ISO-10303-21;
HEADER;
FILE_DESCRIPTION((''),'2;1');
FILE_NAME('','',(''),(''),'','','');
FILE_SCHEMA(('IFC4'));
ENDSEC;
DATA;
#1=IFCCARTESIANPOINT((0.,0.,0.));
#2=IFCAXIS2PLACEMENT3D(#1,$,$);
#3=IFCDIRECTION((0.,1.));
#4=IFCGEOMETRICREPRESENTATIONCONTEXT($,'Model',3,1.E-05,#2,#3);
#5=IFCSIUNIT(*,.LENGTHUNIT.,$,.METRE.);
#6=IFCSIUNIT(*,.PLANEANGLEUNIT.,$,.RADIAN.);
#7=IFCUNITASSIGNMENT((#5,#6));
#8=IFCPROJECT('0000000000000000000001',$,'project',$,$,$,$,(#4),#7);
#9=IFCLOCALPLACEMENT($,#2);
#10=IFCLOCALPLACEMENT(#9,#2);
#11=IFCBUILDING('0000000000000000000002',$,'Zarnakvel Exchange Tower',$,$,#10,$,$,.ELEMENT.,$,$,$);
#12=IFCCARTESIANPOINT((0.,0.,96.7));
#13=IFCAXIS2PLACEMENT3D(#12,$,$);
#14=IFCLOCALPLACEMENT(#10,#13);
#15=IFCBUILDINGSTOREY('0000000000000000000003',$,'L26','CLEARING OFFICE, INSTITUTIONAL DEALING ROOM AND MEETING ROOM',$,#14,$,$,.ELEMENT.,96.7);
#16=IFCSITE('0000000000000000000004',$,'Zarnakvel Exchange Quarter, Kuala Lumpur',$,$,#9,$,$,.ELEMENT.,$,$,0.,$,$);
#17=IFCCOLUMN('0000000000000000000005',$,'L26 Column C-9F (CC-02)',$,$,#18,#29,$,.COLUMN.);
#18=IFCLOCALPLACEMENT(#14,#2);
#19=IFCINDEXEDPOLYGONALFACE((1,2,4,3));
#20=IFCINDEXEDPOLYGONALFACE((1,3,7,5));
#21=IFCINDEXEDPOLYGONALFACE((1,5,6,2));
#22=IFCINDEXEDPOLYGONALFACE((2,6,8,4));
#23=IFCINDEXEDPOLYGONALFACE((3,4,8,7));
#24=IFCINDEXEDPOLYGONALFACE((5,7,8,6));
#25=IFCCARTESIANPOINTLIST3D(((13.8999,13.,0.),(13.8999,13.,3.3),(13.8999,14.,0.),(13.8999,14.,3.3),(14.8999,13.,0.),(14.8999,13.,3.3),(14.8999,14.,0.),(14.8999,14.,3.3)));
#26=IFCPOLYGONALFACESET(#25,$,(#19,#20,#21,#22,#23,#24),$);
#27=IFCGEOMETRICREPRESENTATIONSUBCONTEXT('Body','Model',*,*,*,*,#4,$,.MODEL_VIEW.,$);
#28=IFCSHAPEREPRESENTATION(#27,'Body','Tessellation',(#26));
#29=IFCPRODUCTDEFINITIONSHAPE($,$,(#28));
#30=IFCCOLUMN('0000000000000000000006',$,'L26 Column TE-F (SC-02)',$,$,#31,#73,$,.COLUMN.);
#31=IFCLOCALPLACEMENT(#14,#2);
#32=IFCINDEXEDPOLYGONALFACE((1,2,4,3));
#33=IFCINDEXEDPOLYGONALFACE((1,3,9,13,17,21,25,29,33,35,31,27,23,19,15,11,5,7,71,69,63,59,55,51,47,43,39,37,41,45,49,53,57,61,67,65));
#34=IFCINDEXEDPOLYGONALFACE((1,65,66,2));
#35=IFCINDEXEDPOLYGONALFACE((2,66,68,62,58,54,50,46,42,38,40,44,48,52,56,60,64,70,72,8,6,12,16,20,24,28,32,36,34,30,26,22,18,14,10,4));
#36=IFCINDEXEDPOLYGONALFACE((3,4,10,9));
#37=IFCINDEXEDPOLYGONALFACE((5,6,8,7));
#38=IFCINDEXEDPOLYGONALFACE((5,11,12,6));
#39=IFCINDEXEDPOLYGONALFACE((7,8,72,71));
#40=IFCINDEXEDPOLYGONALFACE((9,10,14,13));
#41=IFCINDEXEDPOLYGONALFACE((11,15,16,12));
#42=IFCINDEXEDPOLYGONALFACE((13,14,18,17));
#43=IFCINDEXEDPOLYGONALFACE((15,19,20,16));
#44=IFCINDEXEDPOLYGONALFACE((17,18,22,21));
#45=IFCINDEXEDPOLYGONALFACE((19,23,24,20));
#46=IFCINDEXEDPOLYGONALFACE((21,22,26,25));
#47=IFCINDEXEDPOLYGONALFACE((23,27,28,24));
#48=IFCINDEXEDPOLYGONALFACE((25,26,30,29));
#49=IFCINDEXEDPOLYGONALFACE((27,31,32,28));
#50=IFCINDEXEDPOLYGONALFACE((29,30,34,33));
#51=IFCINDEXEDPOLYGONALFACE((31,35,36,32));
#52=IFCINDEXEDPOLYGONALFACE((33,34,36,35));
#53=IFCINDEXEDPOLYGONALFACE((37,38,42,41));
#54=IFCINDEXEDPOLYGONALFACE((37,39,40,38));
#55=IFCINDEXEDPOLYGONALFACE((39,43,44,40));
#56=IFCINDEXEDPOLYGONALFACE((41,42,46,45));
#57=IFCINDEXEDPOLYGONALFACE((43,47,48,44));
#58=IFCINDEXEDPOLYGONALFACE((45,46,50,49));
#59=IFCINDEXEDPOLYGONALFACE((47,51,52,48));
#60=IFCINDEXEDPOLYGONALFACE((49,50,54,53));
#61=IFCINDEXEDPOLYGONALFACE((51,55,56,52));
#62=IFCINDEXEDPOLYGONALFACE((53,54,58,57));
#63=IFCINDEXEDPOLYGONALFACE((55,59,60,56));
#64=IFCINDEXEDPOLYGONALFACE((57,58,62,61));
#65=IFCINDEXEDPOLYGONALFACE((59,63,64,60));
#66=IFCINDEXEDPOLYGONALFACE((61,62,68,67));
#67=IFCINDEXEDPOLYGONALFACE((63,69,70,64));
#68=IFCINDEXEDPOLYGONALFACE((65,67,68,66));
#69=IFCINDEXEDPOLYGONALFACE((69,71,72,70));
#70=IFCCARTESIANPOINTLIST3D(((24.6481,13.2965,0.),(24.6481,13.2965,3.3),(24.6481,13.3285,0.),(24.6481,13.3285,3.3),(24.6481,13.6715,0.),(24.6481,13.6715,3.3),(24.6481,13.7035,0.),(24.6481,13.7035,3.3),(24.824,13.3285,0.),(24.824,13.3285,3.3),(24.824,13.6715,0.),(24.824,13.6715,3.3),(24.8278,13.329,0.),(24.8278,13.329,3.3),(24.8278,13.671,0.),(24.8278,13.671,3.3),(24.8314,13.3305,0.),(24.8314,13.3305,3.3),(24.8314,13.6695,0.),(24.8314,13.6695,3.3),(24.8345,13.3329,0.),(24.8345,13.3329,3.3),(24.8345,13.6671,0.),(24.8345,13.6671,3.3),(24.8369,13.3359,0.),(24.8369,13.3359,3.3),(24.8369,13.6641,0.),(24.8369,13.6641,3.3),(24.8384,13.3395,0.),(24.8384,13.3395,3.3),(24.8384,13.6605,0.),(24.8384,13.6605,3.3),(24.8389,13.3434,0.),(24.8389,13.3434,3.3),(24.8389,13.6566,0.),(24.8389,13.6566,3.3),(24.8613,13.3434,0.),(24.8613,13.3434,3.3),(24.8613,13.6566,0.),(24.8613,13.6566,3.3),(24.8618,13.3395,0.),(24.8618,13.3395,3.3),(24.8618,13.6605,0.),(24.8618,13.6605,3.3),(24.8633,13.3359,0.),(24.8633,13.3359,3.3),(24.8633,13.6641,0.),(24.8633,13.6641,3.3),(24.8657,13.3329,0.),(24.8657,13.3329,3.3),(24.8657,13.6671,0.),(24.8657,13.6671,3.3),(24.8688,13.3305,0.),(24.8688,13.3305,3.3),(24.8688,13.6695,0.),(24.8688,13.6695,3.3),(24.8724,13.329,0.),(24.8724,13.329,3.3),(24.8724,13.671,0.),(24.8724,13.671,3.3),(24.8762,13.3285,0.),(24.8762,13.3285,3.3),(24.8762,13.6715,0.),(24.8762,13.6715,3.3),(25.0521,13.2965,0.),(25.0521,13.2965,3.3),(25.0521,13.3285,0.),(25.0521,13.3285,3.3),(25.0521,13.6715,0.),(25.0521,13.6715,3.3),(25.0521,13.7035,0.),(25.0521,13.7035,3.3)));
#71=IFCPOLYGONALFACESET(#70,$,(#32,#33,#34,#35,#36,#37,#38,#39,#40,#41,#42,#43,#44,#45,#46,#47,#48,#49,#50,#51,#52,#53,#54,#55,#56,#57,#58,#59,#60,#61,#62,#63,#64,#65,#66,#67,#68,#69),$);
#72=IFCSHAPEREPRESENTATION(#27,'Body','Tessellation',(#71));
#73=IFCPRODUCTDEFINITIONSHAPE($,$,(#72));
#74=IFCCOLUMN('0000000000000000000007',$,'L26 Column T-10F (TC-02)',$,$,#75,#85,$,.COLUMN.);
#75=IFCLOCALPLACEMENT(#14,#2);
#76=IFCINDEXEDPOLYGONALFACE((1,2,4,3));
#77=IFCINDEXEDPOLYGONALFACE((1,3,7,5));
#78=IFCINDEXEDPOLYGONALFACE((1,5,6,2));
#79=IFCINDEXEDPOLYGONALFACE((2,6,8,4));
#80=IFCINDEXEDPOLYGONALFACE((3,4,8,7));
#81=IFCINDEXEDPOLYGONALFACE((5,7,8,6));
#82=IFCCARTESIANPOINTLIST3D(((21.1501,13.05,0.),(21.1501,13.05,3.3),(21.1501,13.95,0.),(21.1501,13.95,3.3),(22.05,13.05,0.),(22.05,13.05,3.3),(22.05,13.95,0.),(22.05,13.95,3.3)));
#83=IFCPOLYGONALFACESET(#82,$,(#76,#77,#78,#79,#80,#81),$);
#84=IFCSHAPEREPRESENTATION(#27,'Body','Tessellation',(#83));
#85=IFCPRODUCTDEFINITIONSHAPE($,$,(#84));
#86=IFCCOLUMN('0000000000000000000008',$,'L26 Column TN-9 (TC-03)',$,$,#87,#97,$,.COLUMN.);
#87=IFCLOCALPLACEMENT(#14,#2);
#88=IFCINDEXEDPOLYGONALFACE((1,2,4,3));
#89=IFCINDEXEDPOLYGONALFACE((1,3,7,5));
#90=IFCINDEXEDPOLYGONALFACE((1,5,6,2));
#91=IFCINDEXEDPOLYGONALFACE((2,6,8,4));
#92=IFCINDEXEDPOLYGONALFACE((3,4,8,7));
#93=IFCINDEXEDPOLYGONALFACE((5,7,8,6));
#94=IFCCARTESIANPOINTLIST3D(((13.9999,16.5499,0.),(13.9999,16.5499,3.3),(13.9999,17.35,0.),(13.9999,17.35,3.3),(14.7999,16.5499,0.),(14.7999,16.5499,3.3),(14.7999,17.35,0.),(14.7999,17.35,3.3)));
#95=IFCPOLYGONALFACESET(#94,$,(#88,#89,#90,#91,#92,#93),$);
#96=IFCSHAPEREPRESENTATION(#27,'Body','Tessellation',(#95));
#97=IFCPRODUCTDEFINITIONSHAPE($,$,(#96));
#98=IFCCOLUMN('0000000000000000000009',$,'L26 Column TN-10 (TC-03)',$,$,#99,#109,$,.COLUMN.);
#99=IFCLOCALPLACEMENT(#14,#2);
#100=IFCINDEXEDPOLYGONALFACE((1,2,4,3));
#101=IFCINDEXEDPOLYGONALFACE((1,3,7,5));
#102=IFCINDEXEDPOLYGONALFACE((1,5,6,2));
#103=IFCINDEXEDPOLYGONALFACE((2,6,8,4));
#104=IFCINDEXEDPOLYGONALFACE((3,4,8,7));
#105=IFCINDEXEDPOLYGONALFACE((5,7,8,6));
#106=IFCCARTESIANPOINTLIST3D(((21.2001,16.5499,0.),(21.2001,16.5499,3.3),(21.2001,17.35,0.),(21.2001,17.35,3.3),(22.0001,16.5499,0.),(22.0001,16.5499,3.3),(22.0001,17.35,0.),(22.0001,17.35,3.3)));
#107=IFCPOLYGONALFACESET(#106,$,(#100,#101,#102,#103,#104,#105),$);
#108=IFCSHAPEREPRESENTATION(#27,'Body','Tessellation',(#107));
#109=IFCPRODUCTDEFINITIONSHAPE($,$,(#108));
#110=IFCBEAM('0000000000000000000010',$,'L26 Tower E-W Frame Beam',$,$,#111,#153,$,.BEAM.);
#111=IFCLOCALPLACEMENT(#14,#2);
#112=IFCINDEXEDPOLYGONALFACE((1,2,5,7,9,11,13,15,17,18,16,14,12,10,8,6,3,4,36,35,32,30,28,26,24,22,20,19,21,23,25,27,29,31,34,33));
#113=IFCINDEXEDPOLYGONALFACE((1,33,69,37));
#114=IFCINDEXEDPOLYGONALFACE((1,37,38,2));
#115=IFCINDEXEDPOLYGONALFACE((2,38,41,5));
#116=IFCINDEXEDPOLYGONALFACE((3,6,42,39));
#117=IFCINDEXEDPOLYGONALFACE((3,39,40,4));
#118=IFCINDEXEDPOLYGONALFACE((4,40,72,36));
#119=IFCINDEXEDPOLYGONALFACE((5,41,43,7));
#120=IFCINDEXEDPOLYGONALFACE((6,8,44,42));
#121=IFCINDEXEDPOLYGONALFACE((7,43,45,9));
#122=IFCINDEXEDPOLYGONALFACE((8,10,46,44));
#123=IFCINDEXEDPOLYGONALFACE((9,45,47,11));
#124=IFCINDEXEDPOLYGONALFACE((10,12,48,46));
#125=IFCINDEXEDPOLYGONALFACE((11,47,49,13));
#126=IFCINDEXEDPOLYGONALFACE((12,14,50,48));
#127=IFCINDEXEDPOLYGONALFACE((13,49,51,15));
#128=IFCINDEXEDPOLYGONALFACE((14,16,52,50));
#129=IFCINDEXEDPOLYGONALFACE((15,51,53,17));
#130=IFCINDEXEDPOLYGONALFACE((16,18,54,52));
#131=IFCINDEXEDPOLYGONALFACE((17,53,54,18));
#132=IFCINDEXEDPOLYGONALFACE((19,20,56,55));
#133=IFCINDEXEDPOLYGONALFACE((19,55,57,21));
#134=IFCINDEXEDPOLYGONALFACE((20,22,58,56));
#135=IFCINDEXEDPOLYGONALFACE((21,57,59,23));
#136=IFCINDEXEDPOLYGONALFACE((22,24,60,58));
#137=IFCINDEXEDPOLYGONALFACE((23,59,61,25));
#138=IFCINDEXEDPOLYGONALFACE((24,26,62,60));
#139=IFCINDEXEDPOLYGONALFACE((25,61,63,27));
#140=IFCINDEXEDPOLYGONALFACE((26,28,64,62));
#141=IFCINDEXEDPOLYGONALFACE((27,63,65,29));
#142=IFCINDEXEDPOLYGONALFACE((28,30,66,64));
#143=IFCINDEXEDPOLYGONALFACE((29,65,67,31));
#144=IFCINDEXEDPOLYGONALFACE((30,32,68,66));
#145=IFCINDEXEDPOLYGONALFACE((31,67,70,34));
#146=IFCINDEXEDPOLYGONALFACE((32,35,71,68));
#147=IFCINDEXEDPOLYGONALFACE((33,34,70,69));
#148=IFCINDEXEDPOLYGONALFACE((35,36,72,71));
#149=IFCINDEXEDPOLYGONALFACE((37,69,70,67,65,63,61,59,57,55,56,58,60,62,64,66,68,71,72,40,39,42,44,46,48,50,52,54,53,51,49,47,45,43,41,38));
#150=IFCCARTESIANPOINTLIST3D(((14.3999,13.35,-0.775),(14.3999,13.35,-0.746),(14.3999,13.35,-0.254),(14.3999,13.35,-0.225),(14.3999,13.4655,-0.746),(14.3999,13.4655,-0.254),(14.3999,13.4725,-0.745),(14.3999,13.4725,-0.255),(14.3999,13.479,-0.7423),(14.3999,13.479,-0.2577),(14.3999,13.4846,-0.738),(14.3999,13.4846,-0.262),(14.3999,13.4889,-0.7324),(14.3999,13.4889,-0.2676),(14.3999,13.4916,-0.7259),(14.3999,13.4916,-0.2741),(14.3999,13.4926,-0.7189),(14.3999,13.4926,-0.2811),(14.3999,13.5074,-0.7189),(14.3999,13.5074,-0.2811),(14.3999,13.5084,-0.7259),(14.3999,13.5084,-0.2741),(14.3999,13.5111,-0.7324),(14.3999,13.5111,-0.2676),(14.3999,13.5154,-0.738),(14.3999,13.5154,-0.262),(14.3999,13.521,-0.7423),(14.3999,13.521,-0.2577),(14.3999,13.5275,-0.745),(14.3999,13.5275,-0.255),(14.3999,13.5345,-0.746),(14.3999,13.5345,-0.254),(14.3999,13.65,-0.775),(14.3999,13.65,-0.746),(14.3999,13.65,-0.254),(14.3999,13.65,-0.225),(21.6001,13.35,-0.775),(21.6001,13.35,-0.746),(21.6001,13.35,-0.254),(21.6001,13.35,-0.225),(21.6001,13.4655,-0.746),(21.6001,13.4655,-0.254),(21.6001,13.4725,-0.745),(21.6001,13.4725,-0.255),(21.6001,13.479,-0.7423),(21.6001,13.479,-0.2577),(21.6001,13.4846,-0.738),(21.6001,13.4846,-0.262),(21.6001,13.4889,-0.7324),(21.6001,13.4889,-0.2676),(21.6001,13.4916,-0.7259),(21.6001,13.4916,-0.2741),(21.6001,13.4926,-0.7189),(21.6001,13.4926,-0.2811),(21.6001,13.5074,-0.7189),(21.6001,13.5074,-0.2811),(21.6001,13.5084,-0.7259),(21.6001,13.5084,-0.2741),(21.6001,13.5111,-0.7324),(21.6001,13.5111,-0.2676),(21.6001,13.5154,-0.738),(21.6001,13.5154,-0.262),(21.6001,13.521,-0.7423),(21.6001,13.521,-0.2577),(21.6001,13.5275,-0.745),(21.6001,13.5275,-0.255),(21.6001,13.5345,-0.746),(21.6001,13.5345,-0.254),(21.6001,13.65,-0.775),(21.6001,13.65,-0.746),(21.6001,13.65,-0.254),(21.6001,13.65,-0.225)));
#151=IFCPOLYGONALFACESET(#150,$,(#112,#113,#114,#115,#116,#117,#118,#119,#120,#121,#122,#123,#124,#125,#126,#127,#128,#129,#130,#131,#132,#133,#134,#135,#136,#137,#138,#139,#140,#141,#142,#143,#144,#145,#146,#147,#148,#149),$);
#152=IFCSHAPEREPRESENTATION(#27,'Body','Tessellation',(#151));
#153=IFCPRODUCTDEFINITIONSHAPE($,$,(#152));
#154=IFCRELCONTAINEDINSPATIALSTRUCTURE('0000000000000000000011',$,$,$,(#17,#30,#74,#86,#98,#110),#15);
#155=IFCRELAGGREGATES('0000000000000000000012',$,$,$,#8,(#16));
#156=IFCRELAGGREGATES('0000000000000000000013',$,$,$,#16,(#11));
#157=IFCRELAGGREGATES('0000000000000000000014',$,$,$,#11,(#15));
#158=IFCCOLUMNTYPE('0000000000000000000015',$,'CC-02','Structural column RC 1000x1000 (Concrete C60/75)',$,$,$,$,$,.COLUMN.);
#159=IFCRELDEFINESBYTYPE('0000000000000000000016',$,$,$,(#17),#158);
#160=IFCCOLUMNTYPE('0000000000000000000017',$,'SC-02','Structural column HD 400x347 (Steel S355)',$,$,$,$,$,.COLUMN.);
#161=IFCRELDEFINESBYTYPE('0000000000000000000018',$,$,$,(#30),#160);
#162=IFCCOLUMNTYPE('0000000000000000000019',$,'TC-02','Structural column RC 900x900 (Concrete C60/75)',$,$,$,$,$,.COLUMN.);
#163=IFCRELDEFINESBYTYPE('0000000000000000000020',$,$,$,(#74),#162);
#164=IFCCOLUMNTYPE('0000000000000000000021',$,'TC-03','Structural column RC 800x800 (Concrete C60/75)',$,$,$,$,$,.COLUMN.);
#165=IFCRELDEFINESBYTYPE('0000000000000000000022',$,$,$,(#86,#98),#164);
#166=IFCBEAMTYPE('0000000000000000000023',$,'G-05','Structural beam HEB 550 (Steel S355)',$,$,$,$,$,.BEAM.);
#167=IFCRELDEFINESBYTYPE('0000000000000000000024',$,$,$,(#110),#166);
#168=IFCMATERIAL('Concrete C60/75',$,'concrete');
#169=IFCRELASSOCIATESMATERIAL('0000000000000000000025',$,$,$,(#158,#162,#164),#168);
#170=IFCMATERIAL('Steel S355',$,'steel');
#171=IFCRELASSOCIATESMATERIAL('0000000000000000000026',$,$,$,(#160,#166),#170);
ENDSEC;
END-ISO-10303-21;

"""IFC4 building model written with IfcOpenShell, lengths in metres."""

from ifc_helpers import new_model, si_unit, direction, frame, origin, origin_2d, place, context, subcontext, project, spatial, rectangle, i_section, extrude, material, material_profile, profile_set, type_object, element, save


model = new_model("IFC4")

# Units and contexts
model_context = context("Model", 3, precision=1e-05, world=origin(), true_north=direction((0.0, 1.0)))
body_context = subcontext(model_context, "Body", "Model", "MODEL_VIEW")
ifc_project = project(units=[si_unit("LENGTHUNIT", "METRE"), si_unit("PLANEANGLEUNIT", "RADIAN")], contexts=[model_context])

# Site, building, storey
site_placement = place(None, origin())
site = spatial("IfcSite", under=ifc_project, at=site_placement, Name="Zarnakvel Exchange Quarter, Kuala Lumpur", CompositionType="ELEMENT", RefElevation=0.0)
building_placement = place(site_placement, origin())
building = spatial("IfcBuilding", under=site, at=building_placement, Name="Zarnakvel Exchange Tower", CompositionType="ELEMENT")
storey_placement = place(building_placement, frame((0.0, 0.0, 96.7)))
storey = spatial("IfcBuildingStorey", under=building, at=storey_placement, Name="L26", Description="CLEARING OFFICE, INSTITUTIONAL DEALING ROOM AND MEETING ROOM", CompositionType="ELEMENT", Elevation=96.7)

# Columns
ifc_material_1 = material(Name="Concrete C60/75", Category="concrete")
ifc_material_profile_1 = material_profile(ifc_material_1, rectangle(XDim=1.0, YDim=1.0, at=origin_2d()))
ifc_profile_set_1 = profile_set([ifc_material_profile_1], Name="Concrete C60/75")
column_type_1 = type_object("IfcColumnType", Name="CC-02", Description="Structural column RC 1000x1000 (Concrete C60/75)", PredefinedType="COLUMN", material=ifc_profile_set_1)
column_1_placement = place(storey_placement, frame((14.3999, 13.5, 0.0), z_axis=(0.0, 0.0, 1.0), x_axis=(1.0, 0.0, 0.0)))
element("IfcColumn", 1, at=column_1_placement, inside=storey, type_object=column_type_1, Name="L26 Column C-9F (CC-02)", PredefinedType="COLUMN", context=body_context, shape_type="SweptSolid", body=[
    extrude(rectangle(XDim=1.0, YDim=1.0, at=origin_2d()), origin(), (0.0, 0.0, 1.0), 3.3),
])
ifc_material_2 = material(Name="Steel S355", Category="steel")
ifc_material_profile_2 = material_profile(ifc_material_2, i_section(OverallWidth=0.4041, OverallDepth=0.407, WebThickness=0.0225, FlangeThickness=0.032, FilletRadius=0.0149, at=origin_2d()))
ifc_profile_set_2 = profile_set([ifc_material_profile_2], Name="Steel S355")
column_type_2 = type_object("IfcColumnType", Name="SC-02", Description="Structural column HD 400x347 (Steel S355)", PredefinedType="COLUMN", material=ifc_profile_set_2)
column_2_placement = place(storey_placement, frame((24.8501, 13.5, 0.0), z_axis=(0.0, 0.0, 1.0), x_axis=(1.0, 0.0, 0.0)))
element("IfcColumn", 2, at=column_2_placement, inside=storey, type_object=column_type_2, Name="L26 Column TE-F (SC-02)", PredefinedType="COLUMN", context=body_context, shape_type="SweptSolid", body=[
    extrude(i_section(OverallWidth=0.4041, OverallDepth=0.407, WebThickness=0.0225, FlangeThickness=0.032, FilletRadius=0.0149, at=origin_2d()), origin(), (0.0, 0.0, 1.0), 3.3),
])
ifc_material_profile_3 = material_profile(ifc_material_1, rectangle(XDim=0.8999, YDim=0.8999, at=origin_2d()))
ifc_profile_set_3 = profile_set([ifc_material_profile_3], Name="Concrete C60/75")
column_type_3 = type_object("IfcColumnType", Name="TC-02", Description="Structural column RC 900x900 (Concrete C60/75)", PredefinedType="COLUMN", material=ifc_profile_set_3)
column_3_placement = place(storey_placement, frame((21.6001, 13.5, 0.0), z_axis=(0.0, 0.0, 1.0), x_axis=(1.0, 0.0, 0.0)))
element("IfcColumn", 3, at=column_3_placement, inside=storey, type_object=column_type_3, Name="L26 Column T-10F (TC-02)", PredefinedType="COLUMN", context=body_context, shape_type="SweptSolid", body=[
    extrude(rectangle(XDim=0.8999, YDim=0.8999, at=origin_2d()), origin(), (0.0, 0.0, 1.0), 3.3),
])
ifc_material_profile_4 = material_profile(ifc_material_1, rectangle(XDim=0.8, YDim=0.8, at=origin_2d()))
ifc_profile_set_4 = profile_set([ifc_material_profile_4], Name="Concrete C60/75")
column_type_4 = type_object("IfcColumnType", Name="TC-03", Description="Structural column RC 800x800 (Concrete C60/75)", PredefinedType="COLUMN", material=ifc_profile_set_4)
for number, where, z_axis, x_axis, name in (
    (4, (14.3999, 16.95, 0.0), (0.0, 0.0, 1.0), (1.0, 0.0, 0.0), "L26 Column TN-9 (TC-03)"),
    (5, (21.6001, 16.95, 0.0), (0.0, 0.0, 1.0), (1.0, 0.0, 0.0), "L26 Column TN-10 (TC-03)"),
):
    element("IfcColumn", number, at=place(storey_placement, frame(where, z_axis=z_axis, x_axis=x_axis)), inside=storey, type_object=column_type_4, Name=name, PredefinedType="COLUMN", context=body_context, shape_type="SweptSolid", body=[
        extrude(rectangle(XDim=0.8, YDim=0.8, at=origin_2d()), origin(), (0.0, 0.0, 1.0), 3.3),
    ])

# Beam
ifc_material_profile_5 = material_profile(ifc_material_2, i_section(OverallWidth=0.3, OverallDepth=0.55, WebThickness=0.0149, FlangeThickness=0.0291, FilletRadius=0.0271, at=origin_2d()))
ifc_profile_set_5 = profile_set([ifc_material_profile_5], Name="Steel S355")
beam_type_1 = type_object("IfcBeamType", Name="G-05", Description="Structural beam HEB 550 (Steel S355)", PredefinedType="BEAM", material=ifc_profile_set_5)
beam_1_placement = place(storey_placement, frame((14.3999, 13.5, -0.5), z_axis=(1.0, 0.0, 0.0), x_axis=(0.0, 1.0, 0.0)))
element("IfcBeam", 6, at=beam_1_placement, inside=storey, type_object=beam_type_1, Name="L26 Tower E-W Frame Beam", PredefinedType="BEAM", context=body_context, shape_type="SweptSolid", body=[
    extrude(i_section(OverallWidth=0.3, OverallDepth=0.55, WebThickness=0.0149, FlangeThickness=0.0291, FilletRadius=0.0271, at=origin_2d()), origin(), (0.0, 0.0, 1.0), 7.2002),
])

save(model, "model.ifc")
